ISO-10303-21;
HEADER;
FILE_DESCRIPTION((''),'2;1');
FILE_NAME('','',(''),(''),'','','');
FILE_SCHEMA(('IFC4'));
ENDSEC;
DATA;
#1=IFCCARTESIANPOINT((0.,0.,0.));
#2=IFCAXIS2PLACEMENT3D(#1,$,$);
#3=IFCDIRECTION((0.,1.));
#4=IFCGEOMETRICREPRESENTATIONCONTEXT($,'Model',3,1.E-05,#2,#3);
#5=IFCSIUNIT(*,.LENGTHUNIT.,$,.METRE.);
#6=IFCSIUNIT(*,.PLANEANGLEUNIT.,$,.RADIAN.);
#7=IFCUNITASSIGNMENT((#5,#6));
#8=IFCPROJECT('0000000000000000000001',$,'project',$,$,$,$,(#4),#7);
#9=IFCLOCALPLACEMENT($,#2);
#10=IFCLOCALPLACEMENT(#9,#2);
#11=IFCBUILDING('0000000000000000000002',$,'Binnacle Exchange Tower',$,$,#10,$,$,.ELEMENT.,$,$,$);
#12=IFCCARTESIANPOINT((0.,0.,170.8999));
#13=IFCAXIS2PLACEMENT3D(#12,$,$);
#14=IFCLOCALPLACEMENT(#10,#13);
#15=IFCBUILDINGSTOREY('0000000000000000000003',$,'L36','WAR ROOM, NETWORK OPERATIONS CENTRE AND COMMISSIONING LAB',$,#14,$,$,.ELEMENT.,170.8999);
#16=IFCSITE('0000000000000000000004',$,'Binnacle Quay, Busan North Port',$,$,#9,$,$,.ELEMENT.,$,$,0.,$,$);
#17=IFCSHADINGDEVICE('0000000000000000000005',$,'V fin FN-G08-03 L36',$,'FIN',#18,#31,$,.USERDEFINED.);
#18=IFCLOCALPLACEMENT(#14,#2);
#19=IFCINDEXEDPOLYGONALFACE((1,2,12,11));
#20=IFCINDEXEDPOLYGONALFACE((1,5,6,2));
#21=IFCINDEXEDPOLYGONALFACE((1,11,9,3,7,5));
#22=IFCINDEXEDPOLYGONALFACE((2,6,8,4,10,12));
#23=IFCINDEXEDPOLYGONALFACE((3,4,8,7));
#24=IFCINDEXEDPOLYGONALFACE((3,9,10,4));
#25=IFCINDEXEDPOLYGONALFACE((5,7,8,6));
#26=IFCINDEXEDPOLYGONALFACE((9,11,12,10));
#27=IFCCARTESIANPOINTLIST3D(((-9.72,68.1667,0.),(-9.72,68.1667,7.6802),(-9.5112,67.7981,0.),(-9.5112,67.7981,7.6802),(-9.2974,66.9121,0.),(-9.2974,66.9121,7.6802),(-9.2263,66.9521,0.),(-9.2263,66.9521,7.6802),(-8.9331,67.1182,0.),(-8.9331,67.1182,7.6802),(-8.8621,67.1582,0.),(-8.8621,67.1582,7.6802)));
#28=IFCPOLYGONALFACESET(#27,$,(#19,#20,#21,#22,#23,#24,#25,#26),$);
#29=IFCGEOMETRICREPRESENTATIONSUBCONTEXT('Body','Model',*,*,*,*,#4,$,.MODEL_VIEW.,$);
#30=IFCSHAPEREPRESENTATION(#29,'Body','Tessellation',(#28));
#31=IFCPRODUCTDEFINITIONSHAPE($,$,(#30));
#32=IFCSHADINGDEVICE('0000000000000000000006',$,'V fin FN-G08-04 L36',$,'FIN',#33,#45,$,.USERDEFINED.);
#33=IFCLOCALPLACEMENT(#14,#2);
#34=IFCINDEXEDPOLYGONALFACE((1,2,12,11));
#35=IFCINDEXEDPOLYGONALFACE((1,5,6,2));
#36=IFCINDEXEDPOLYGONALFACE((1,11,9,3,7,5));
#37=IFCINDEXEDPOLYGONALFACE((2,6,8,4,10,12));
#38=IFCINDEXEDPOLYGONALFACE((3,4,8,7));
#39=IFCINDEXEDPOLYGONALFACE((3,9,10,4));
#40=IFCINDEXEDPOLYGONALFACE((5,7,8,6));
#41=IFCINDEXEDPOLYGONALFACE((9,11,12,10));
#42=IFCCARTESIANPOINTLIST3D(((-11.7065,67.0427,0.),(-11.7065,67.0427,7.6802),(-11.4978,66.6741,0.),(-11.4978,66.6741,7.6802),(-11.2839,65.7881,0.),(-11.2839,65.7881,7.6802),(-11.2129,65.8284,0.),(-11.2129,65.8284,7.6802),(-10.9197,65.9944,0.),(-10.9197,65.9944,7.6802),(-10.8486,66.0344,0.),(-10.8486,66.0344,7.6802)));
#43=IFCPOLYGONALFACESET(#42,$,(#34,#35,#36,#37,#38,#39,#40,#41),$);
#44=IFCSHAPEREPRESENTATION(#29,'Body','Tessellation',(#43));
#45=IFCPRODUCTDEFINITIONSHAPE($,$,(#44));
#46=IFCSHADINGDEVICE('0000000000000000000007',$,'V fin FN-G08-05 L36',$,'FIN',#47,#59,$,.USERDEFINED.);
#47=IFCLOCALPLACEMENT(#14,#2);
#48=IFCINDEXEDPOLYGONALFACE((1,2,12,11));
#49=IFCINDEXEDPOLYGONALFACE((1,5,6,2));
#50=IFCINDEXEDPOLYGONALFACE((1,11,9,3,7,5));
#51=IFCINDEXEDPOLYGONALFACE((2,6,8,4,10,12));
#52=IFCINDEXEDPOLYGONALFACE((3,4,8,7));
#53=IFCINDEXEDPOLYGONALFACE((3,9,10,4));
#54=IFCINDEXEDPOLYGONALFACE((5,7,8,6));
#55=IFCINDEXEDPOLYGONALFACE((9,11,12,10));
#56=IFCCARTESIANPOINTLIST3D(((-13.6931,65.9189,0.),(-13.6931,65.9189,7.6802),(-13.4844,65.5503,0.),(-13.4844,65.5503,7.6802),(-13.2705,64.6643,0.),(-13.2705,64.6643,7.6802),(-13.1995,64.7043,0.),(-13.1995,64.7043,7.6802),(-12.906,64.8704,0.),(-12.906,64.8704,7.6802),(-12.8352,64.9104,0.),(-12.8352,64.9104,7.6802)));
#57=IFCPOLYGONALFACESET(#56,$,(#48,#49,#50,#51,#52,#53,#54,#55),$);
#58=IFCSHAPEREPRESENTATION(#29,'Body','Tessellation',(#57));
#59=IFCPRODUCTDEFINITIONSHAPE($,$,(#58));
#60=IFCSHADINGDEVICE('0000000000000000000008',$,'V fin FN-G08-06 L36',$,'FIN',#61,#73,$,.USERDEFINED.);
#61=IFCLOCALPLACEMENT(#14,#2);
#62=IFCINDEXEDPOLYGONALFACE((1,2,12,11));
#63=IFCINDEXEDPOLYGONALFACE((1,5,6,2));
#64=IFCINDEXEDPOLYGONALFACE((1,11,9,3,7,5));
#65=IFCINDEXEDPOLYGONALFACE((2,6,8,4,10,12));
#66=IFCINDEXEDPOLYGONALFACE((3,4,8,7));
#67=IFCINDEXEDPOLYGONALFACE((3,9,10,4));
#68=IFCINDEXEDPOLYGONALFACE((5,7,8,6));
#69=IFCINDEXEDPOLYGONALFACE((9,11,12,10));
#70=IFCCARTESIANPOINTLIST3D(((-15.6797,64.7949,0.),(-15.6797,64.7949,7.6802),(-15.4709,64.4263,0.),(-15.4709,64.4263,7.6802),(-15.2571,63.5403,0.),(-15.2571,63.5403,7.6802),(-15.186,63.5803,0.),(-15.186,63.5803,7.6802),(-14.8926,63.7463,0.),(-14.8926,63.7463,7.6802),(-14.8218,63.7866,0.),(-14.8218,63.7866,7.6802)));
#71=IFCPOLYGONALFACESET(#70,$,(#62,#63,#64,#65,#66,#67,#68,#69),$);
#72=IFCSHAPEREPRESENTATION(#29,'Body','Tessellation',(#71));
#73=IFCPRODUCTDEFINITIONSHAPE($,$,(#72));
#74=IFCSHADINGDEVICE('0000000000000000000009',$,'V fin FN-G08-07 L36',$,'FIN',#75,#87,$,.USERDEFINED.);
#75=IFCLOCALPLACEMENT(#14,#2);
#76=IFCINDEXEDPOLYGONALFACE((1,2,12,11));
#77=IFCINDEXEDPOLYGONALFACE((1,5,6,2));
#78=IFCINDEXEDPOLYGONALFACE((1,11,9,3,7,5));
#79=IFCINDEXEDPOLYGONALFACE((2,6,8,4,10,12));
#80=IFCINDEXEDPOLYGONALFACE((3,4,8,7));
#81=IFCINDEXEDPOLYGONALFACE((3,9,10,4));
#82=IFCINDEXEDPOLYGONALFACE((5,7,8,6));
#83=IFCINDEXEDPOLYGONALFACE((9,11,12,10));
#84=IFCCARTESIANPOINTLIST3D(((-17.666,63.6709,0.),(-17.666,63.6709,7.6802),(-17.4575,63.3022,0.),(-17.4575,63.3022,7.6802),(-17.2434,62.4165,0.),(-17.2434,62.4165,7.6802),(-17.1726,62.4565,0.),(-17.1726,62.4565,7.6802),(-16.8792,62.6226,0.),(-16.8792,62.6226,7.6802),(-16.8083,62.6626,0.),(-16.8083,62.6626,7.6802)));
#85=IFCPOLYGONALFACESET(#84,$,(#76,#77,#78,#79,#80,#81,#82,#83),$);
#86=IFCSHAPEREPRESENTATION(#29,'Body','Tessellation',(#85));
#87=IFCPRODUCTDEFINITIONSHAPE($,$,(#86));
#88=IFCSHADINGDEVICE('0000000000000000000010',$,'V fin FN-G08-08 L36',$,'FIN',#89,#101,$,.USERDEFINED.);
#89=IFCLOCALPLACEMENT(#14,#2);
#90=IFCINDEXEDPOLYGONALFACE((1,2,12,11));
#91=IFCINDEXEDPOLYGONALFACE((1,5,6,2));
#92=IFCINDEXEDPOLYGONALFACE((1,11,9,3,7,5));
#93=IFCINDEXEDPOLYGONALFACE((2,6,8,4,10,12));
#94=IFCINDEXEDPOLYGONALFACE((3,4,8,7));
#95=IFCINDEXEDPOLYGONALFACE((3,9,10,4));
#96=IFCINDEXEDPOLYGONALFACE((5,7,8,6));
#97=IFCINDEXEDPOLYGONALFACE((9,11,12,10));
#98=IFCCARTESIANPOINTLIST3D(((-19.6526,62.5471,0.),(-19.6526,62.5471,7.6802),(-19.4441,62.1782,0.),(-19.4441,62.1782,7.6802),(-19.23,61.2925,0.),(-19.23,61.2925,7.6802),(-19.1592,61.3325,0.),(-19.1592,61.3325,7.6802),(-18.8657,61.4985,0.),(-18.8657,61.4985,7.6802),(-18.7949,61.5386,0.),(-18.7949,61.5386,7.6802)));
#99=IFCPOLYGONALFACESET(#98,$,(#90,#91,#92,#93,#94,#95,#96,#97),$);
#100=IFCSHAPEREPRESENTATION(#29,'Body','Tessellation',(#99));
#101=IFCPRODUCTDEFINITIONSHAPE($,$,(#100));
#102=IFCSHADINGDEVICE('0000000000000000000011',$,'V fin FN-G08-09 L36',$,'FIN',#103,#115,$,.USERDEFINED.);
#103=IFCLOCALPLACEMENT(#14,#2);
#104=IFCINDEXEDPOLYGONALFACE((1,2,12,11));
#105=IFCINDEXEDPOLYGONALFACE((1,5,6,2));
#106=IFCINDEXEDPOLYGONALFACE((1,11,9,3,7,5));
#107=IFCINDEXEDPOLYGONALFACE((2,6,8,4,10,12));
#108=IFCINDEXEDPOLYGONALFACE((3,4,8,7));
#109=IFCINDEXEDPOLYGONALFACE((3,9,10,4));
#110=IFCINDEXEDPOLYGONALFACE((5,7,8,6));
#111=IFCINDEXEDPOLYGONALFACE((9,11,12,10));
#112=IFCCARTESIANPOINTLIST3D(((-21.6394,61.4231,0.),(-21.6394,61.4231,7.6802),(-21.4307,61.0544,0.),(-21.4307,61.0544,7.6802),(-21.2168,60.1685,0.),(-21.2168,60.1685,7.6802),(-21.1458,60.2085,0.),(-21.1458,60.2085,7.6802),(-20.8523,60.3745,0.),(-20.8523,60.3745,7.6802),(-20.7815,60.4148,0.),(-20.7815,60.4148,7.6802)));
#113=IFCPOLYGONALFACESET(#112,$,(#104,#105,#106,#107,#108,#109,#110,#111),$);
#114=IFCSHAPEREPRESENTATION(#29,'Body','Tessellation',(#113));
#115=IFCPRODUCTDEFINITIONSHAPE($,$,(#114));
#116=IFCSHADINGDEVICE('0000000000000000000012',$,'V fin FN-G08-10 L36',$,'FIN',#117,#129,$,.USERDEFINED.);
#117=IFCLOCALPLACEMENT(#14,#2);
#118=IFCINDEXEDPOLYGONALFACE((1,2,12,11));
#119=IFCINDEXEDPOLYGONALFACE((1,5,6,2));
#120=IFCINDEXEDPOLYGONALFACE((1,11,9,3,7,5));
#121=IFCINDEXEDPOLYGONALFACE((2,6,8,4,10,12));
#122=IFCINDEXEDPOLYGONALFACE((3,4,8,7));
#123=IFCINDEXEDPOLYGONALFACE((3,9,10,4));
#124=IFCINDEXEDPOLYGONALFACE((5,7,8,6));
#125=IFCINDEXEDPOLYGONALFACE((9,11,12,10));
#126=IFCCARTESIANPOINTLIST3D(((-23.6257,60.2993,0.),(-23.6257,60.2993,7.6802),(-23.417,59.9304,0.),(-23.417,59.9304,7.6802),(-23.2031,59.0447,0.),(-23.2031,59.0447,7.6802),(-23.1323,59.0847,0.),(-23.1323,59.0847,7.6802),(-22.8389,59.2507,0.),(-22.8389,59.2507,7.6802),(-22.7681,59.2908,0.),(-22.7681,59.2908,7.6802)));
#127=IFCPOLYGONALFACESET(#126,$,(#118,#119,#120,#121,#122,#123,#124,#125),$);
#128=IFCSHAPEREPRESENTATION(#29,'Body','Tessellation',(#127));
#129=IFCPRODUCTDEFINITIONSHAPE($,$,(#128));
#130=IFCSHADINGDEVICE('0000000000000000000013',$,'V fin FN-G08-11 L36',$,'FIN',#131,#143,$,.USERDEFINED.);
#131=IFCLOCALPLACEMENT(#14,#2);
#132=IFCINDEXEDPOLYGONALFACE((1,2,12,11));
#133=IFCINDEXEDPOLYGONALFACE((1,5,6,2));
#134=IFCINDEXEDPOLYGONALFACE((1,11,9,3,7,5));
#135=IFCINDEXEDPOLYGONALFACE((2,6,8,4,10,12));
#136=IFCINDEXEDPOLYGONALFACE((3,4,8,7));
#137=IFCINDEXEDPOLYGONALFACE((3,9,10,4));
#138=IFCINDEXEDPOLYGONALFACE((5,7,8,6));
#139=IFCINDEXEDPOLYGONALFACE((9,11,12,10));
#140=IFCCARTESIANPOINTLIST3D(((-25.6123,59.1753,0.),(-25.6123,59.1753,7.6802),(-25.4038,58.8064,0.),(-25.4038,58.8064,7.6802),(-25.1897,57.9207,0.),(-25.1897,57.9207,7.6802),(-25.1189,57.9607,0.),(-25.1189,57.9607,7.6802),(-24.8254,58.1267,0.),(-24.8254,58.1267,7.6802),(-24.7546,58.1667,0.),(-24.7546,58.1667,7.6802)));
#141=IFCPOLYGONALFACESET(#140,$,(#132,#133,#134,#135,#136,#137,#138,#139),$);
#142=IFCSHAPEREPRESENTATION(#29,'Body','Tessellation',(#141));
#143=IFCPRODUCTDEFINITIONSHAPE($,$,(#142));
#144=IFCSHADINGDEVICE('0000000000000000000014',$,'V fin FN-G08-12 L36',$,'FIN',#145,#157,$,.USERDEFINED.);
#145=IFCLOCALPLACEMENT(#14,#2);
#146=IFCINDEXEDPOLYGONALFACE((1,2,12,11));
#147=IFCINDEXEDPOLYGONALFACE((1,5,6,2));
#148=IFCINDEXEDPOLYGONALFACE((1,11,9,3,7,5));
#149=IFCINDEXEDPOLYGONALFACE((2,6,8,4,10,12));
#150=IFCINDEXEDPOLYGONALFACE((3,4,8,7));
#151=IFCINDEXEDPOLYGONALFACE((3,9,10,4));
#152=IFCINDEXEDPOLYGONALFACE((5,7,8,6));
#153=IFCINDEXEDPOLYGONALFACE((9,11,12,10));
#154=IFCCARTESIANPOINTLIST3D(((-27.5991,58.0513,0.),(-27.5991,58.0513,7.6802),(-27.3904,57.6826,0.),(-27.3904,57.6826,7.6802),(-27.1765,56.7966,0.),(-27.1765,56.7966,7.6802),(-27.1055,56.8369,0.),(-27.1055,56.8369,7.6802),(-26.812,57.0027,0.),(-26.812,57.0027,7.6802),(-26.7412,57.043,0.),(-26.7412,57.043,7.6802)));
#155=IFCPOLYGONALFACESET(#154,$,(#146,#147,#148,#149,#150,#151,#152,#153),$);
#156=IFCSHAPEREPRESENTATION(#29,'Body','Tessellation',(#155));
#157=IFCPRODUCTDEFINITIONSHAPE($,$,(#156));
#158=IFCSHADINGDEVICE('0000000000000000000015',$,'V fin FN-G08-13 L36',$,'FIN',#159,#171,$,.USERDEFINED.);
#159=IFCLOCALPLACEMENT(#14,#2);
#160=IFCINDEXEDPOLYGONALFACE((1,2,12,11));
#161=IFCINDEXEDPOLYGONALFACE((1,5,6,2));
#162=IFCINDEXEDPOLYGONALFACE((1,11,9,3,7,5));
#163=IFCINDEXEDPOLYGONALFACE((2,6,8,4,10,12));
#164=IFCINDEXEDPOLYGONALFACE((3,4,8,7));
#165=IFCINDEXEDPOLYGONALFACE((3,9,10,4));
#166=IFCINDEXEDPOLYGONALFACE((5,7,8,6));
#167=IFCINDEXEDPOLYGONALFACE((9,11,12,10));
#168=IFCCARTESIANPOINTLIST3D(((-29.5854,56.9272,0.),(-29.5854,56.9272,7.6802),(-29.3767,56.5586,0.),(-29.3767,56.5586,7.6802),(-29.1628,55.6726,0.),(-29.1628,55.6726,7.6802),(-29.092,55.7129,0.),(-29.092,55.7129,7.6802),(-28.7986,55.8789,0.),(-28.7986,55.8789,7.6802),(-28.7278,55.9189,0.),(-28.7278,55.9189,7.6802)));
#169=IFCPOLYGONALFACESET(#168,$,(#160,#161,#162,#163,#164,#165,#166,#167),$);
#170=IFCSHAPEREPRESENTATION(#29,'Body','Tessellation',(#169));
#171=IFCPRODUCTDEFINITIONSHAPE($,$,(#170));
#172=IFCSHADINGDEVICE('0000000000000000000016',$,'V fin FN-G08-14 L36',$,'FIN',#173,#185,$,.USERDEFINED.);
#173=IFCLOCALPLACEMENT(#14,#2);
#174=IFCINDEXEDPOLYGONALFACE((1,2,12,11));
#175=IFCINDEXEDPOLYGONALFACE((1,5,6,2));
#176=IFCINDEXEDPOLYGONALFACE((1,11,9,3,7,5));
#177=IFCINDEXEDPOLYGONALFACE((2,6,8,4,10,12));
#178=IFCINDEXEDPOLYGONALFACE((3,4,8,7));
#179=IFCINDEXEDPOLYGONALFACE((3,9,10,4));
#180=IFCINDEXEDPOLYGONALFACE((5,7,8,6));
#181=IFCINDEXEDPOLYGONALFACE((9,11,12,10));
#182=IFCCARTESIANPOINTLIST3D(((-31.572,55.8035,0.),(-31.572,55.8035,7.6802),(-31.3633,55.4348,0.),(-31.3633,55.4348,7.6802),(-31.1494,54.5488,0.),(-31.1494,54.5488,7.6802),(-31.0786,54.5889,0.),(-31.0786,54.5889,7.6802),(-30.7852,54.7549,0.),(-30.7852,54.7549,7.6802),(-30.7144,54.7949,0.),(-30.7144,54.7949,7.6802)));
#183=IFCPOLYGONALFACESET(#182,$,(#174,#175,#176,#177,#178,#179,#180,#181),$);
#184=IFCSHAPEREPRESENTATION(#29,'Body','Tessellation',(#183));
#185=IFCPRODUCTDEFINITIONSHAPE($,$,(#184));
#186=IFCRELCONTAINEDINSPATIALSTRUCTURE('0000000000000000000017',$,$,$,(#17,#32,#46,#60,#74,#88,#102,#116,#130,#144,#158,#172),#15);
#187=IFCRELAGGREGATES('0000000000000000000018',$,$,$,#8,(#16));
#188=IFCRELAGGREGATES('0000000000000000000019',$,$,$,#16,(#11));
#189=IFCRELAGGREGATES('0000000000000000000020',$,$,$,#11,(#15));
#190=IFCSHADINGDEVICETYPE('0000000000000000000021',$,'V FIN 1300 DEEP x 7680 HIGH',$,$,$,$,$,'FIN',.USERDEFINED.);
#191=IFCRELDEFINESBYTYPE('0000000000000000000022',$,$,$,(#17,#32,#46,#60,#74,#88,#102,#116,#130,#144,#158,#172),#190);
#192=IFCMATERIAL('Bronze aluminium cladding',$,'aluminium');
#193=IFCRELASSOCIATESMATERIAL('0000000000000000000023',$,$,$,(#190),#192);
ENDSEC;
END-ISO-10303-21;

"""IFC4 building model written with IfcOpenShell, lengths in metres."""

from ifc_helpers import new_model, si_unit, direction, frame, origin, place, context, subcontext, project, spatial, polyline, outline, extrude, material, type_object, element, save


model = new_model("IFC4")

# Units and contexts
model_context = context("Model", 3, precision=1e-05, world=origin(), true_north=direction((0.0, 1.0)))
body_context = subcontext(model_context, "Body", "Model", "MODEL_VIEW")
ifc_project = project(units=[si_unit("LENGTHUNIT", "METRE"), si_unit("PLANEANGLEUNIT", "RADIAN")], contexts=[model_context])

# Site, building, storey
site_placement = place(None, origin())
site = spatial("IfcSite", under=ifc_project, at=site_placement, Name="Binnacle Quay, Busan North Port", CompositionType="ELEMENT", RefElevation=0.0)
building_placement = place(site_placement, origin())
building = spatial("IfcBuilding", under=site, at=building_placement, Name="Binnacle Exchange Tower", CompositionType="ELEMENT")
storey_placement = place(building_placement, frame((0.0, 0.0, 170.8999)))
storey = spatial("IfcBuildingStorey", under=building, at=storey_placement, Name="L36", Description="WAR ROOM, NETWORK OPERATIONS CENTRE AND COMMISSIONING LAB", CompositionType="ELEMENT", Elevation=170.8999)

# Shading devices
ifc_material = material(Name="Bronze aluminium cladding", Category="aluminium")
shading_device_type = type_object("IfcShadingDeviceType", Name="V FIN 1300 DEEP x 7680 HIGH", ElementType="FIN", PredefinedType="USERDEFINED", material=ifc_material)
shading_device_1_placement = place(storey_placement, origin())
element("IfcShadingDevice", 1, at=shading_device_1_placement, inside=storey, type_object=shading_device_type, Name="V fin FN-G08-03 L36", ObjectType="FIN", PredefinedType="USERDEFINED", context=body_context, shape_type="SweptSolid", body=[
    extrude(outline(polyline([(-8.8621, 67.1582), (-9.72, 68.1667), (-9.2974, 66.9121), (-9.2263, 66.9521), (-9.5112, 67.7981), (-8.9331, 67.1182), (-8.8621, 67.1582)])), origin(), (0.0, 0.0, 1.0), 7.6802),
])
shading_device_2_placement = place(storey_placement, origin())
element("IfcShadingDevice", 2, at=shading_device_2_placement, inside=storey, type_object=shading_device_type, Name="V fin FN-G08-04 L36", ObjectType="FIN", PredefinedType="USERDEFINED", context=body_context, shape_type="SweptSolid", body=[
    extrude(outline(polyline([(-10.8486, 66.0344), (-11.7065, 67.0427), (-11.2839, 65.7881), (-11.2129, 65.8284), (-11.4978, 66.6741), (-10.9197, 65.9944), (-10.8486, 66.0344)])), origin(), (0.0, 0.0, 1.0), 7.6802),
])
shading_device_3_placement = place(storey_placement, origin())
element("IfcShadingDevice", 3, at=shading_device_3_placement, inside=storey, type_object=shading_device_type, Name="V fin FN-G08-05 L36", ObjectType="FIN", PredefinedType="USERDEFINED", context=body_context, shape_type="SweptSolid", body=[
    extrude(outline(polyline([(-12.8352, 64.9104), (-13.6931, 65.9189), (-13.2705, 64.6643), (-13.1995, 64.7043), (-13.4844, 65.5503), (-12.906, 64.8704), (-12.8352, 64.9104)])), origin(), (0.0, 0.0, 1.0), 7.6802),
])
shading_device_4_placement = place(storey_placement, origin())
element("IfcShadingDevice", 4, at=shading_device_4_placement, inside=storey, type_object=shading_device_type, Name="V fin FN-G08-06 L36", ObjectType="FIN", PredefinedType="USERDEFINED", context=body_context, shape_type="SweptSolid", body=[
    extrude(outline(polyline([(-14.8218, 63.7866), (-15.6797, 64.7949), (-15.2571, 63.5403), (-15.186, 63.5803), (-15.4709, 64.4263), (-14.8926, 63.7463), (-14.8218, 63.7866)])), origin(), (0.0, 0.0, 1.0), 7.6802),
])
shading_device_5_placement = place(storey_placement, origin())
element("IfcShadingDevice", 5, at=shading_device_5_placement, inside=storey, type_object=shading_device_type, Name="V fin FN-G08-07 L36", ObjectType="FIN", PredefinedType="USERDEFINED", context=body_context, shape_type="SweptSolid", body=[
    extrude(outline(polyline([(-16.8083, 62.6626), (-17.666, 63.6709), (-17.2434, 62.4165), (-17.1726, 62.4565), (-17.4575, 63.3022), (-16.8792, 62.6226), (-16.8083, 62.6626)])), origin(), (0.0, 0.0, 1.0), 7.6802),
])
shading_device_6_placement = place(storey_placement, origin())
element("IfcShadingDevice", 6, at=shading_device_6_placement, inside=storey, type_object=shading_device_type, Name="V fin FN-G08-08 L36", ObjectType="FIN", PredefinedType="USERDEFINED", context=body_context, shape_type="SweptSolid", body=[
    extrude(outline(polyline([(-18.7949, 61.5386), (-19.6526, 62.5471), (-19.23, 61.2925), (-19.1592, 61.3325), (-19.4441, 62.1782), (-18.8657, 61.4985), (-18.7949, 61.5386)])), origin(), (0.0, 0.0, 1.0), 7.6802),
])
shading_device_7_placement = place(storey_placement, origin())
element("IfcShadingDevice", 7, at=shading_device_7_placement, inside=storey, type_object=shading_device_type, Name="V fin FN-G08-09 L36", ObjectType="FIN", PredefinedType="USERDEFINED", context=body_context, shape_type="SweptSolid", body=[
    extrude(outline(polyline([(-20.7815, 60.4148), (-21.6394, 61.4231), (-21.2168, 60.1685), (-21.1458, 60.2085), (-21.4307, 61.0544), (-20.8523, 60.3745), (-20.7815, 60.4148)])), origin(), (0.0, 0.0, 1.0), 7.6802),
])
shading_device_8_placement = place(storey_placement, origin())
element("IfcShadingDevice", 8, at=shading_device_8_placement, inside=storey, type_object=shading_device_type, Name="V fin FN-G08-10 L36", ObjectType="FIN", PredefinedType="USERDEFINED", context=body_context, shape_type="SweptSolid", body=[
    extrude(outline(polyline([(-22.7681, 59.2908), (-23.6257, 60.2993), (-23.2031, 59.0447), (-23.1323, 59.0847), (-23.417, 59.9304), (-22.8389, 59.2507), (-22.7681, 59.2908)])), origin(), (0.0, 0.0, 1.0), 7.6802),
])
shading_device_9_placement = place(storey_placement, origin())
element("IfcShadingDevice", 9, at=shading_device_9_placement, inside=storey, type_object=shading_device_type, Name="V fin FN-G08-11 L36", ObjectType="FIN", PredefinedType="USERDEFINED", context=body_context, shape_type="SweptSolid", body=[
    extrude(outline(polyline([(-24.7546, 58.1667), (-25.6123, 59.1753), (-25.1897, 57.9207), (-25.1189, 57.9607), (-25.4038, 58.8064), (-24.8254, 58.1267), (-24.7546, 58.1667)])), origin(), (0.0, 0.0, 1.0), 7.6802),
])
shading_device_10_placement = place(storey_placement, origin())
element("IfcShadingDevice", 10, at=shading_device_10_placement, inside=storey, type_object=shading_device_type, Name="V fin FN-G08-12 L36", ObjectType="FIN", PredefinedType="USERDEFINED", context=body_context, shape_type="SweptSolid", body=[
    extrude(outline(polyline([(-26.7412, 57.043), (-27.5991, 58.0513), (-27.1765, 56.7966), (-27.1055, 56.8369), (-27.3904, 57.6826), (-26.812, 57.0027), (-26.7412, 57.043)])), origin(), (0.0, 0.0, 1.0), 7.6802),
])
shading_device_11_placement = place(storey_placement, origin())
element("IfcShadingDevice", 11, at=shading_device_11_placement, inside=storey, type_object=shading_device_type, Name="V fin FN-G08-13 L36", ObjectType="FIN", PredefinedType="USERDEFINED", context=body_context, shape_type="SweptSolid", body=[
    extrude(outline(polyline([(-28.7278, 55.9189), (-29.5854, 56.9272), (-29.1628, 55.6726), (-29.092, 55.7129), (-29.3767, 56.5586), (-28.7986, 55.8789), (-28.7278, 55.9189)])), origin(), (0.0, 0.0, 1.0), 7.6802),
])
shading_device_12_placement = place(storey_placement, origin())
element("IfcShadingDevice", 12, at=shading_device_12_placement, inside=storey, type_object=shading_device_type, Name="V fin FN-G08-14 L36", ObjectType="FIN", PredefinedType="USERDEFINED", context=body_context, shape_type="SweptSolid", body=[
    extrude(outline(polyline([(-30.7144, 54.7949), (-31.572, 55.8035), (-31.1494, 54.5488), (-31.0786, 54.5889), (-31.3633, 55.4348), (-30.7852, 54.7549), (-30.7144, 54.7949)])), origin(), (0.0, 0.0, 1.0), 7.6802),
])

save(model, "model.ifc")
